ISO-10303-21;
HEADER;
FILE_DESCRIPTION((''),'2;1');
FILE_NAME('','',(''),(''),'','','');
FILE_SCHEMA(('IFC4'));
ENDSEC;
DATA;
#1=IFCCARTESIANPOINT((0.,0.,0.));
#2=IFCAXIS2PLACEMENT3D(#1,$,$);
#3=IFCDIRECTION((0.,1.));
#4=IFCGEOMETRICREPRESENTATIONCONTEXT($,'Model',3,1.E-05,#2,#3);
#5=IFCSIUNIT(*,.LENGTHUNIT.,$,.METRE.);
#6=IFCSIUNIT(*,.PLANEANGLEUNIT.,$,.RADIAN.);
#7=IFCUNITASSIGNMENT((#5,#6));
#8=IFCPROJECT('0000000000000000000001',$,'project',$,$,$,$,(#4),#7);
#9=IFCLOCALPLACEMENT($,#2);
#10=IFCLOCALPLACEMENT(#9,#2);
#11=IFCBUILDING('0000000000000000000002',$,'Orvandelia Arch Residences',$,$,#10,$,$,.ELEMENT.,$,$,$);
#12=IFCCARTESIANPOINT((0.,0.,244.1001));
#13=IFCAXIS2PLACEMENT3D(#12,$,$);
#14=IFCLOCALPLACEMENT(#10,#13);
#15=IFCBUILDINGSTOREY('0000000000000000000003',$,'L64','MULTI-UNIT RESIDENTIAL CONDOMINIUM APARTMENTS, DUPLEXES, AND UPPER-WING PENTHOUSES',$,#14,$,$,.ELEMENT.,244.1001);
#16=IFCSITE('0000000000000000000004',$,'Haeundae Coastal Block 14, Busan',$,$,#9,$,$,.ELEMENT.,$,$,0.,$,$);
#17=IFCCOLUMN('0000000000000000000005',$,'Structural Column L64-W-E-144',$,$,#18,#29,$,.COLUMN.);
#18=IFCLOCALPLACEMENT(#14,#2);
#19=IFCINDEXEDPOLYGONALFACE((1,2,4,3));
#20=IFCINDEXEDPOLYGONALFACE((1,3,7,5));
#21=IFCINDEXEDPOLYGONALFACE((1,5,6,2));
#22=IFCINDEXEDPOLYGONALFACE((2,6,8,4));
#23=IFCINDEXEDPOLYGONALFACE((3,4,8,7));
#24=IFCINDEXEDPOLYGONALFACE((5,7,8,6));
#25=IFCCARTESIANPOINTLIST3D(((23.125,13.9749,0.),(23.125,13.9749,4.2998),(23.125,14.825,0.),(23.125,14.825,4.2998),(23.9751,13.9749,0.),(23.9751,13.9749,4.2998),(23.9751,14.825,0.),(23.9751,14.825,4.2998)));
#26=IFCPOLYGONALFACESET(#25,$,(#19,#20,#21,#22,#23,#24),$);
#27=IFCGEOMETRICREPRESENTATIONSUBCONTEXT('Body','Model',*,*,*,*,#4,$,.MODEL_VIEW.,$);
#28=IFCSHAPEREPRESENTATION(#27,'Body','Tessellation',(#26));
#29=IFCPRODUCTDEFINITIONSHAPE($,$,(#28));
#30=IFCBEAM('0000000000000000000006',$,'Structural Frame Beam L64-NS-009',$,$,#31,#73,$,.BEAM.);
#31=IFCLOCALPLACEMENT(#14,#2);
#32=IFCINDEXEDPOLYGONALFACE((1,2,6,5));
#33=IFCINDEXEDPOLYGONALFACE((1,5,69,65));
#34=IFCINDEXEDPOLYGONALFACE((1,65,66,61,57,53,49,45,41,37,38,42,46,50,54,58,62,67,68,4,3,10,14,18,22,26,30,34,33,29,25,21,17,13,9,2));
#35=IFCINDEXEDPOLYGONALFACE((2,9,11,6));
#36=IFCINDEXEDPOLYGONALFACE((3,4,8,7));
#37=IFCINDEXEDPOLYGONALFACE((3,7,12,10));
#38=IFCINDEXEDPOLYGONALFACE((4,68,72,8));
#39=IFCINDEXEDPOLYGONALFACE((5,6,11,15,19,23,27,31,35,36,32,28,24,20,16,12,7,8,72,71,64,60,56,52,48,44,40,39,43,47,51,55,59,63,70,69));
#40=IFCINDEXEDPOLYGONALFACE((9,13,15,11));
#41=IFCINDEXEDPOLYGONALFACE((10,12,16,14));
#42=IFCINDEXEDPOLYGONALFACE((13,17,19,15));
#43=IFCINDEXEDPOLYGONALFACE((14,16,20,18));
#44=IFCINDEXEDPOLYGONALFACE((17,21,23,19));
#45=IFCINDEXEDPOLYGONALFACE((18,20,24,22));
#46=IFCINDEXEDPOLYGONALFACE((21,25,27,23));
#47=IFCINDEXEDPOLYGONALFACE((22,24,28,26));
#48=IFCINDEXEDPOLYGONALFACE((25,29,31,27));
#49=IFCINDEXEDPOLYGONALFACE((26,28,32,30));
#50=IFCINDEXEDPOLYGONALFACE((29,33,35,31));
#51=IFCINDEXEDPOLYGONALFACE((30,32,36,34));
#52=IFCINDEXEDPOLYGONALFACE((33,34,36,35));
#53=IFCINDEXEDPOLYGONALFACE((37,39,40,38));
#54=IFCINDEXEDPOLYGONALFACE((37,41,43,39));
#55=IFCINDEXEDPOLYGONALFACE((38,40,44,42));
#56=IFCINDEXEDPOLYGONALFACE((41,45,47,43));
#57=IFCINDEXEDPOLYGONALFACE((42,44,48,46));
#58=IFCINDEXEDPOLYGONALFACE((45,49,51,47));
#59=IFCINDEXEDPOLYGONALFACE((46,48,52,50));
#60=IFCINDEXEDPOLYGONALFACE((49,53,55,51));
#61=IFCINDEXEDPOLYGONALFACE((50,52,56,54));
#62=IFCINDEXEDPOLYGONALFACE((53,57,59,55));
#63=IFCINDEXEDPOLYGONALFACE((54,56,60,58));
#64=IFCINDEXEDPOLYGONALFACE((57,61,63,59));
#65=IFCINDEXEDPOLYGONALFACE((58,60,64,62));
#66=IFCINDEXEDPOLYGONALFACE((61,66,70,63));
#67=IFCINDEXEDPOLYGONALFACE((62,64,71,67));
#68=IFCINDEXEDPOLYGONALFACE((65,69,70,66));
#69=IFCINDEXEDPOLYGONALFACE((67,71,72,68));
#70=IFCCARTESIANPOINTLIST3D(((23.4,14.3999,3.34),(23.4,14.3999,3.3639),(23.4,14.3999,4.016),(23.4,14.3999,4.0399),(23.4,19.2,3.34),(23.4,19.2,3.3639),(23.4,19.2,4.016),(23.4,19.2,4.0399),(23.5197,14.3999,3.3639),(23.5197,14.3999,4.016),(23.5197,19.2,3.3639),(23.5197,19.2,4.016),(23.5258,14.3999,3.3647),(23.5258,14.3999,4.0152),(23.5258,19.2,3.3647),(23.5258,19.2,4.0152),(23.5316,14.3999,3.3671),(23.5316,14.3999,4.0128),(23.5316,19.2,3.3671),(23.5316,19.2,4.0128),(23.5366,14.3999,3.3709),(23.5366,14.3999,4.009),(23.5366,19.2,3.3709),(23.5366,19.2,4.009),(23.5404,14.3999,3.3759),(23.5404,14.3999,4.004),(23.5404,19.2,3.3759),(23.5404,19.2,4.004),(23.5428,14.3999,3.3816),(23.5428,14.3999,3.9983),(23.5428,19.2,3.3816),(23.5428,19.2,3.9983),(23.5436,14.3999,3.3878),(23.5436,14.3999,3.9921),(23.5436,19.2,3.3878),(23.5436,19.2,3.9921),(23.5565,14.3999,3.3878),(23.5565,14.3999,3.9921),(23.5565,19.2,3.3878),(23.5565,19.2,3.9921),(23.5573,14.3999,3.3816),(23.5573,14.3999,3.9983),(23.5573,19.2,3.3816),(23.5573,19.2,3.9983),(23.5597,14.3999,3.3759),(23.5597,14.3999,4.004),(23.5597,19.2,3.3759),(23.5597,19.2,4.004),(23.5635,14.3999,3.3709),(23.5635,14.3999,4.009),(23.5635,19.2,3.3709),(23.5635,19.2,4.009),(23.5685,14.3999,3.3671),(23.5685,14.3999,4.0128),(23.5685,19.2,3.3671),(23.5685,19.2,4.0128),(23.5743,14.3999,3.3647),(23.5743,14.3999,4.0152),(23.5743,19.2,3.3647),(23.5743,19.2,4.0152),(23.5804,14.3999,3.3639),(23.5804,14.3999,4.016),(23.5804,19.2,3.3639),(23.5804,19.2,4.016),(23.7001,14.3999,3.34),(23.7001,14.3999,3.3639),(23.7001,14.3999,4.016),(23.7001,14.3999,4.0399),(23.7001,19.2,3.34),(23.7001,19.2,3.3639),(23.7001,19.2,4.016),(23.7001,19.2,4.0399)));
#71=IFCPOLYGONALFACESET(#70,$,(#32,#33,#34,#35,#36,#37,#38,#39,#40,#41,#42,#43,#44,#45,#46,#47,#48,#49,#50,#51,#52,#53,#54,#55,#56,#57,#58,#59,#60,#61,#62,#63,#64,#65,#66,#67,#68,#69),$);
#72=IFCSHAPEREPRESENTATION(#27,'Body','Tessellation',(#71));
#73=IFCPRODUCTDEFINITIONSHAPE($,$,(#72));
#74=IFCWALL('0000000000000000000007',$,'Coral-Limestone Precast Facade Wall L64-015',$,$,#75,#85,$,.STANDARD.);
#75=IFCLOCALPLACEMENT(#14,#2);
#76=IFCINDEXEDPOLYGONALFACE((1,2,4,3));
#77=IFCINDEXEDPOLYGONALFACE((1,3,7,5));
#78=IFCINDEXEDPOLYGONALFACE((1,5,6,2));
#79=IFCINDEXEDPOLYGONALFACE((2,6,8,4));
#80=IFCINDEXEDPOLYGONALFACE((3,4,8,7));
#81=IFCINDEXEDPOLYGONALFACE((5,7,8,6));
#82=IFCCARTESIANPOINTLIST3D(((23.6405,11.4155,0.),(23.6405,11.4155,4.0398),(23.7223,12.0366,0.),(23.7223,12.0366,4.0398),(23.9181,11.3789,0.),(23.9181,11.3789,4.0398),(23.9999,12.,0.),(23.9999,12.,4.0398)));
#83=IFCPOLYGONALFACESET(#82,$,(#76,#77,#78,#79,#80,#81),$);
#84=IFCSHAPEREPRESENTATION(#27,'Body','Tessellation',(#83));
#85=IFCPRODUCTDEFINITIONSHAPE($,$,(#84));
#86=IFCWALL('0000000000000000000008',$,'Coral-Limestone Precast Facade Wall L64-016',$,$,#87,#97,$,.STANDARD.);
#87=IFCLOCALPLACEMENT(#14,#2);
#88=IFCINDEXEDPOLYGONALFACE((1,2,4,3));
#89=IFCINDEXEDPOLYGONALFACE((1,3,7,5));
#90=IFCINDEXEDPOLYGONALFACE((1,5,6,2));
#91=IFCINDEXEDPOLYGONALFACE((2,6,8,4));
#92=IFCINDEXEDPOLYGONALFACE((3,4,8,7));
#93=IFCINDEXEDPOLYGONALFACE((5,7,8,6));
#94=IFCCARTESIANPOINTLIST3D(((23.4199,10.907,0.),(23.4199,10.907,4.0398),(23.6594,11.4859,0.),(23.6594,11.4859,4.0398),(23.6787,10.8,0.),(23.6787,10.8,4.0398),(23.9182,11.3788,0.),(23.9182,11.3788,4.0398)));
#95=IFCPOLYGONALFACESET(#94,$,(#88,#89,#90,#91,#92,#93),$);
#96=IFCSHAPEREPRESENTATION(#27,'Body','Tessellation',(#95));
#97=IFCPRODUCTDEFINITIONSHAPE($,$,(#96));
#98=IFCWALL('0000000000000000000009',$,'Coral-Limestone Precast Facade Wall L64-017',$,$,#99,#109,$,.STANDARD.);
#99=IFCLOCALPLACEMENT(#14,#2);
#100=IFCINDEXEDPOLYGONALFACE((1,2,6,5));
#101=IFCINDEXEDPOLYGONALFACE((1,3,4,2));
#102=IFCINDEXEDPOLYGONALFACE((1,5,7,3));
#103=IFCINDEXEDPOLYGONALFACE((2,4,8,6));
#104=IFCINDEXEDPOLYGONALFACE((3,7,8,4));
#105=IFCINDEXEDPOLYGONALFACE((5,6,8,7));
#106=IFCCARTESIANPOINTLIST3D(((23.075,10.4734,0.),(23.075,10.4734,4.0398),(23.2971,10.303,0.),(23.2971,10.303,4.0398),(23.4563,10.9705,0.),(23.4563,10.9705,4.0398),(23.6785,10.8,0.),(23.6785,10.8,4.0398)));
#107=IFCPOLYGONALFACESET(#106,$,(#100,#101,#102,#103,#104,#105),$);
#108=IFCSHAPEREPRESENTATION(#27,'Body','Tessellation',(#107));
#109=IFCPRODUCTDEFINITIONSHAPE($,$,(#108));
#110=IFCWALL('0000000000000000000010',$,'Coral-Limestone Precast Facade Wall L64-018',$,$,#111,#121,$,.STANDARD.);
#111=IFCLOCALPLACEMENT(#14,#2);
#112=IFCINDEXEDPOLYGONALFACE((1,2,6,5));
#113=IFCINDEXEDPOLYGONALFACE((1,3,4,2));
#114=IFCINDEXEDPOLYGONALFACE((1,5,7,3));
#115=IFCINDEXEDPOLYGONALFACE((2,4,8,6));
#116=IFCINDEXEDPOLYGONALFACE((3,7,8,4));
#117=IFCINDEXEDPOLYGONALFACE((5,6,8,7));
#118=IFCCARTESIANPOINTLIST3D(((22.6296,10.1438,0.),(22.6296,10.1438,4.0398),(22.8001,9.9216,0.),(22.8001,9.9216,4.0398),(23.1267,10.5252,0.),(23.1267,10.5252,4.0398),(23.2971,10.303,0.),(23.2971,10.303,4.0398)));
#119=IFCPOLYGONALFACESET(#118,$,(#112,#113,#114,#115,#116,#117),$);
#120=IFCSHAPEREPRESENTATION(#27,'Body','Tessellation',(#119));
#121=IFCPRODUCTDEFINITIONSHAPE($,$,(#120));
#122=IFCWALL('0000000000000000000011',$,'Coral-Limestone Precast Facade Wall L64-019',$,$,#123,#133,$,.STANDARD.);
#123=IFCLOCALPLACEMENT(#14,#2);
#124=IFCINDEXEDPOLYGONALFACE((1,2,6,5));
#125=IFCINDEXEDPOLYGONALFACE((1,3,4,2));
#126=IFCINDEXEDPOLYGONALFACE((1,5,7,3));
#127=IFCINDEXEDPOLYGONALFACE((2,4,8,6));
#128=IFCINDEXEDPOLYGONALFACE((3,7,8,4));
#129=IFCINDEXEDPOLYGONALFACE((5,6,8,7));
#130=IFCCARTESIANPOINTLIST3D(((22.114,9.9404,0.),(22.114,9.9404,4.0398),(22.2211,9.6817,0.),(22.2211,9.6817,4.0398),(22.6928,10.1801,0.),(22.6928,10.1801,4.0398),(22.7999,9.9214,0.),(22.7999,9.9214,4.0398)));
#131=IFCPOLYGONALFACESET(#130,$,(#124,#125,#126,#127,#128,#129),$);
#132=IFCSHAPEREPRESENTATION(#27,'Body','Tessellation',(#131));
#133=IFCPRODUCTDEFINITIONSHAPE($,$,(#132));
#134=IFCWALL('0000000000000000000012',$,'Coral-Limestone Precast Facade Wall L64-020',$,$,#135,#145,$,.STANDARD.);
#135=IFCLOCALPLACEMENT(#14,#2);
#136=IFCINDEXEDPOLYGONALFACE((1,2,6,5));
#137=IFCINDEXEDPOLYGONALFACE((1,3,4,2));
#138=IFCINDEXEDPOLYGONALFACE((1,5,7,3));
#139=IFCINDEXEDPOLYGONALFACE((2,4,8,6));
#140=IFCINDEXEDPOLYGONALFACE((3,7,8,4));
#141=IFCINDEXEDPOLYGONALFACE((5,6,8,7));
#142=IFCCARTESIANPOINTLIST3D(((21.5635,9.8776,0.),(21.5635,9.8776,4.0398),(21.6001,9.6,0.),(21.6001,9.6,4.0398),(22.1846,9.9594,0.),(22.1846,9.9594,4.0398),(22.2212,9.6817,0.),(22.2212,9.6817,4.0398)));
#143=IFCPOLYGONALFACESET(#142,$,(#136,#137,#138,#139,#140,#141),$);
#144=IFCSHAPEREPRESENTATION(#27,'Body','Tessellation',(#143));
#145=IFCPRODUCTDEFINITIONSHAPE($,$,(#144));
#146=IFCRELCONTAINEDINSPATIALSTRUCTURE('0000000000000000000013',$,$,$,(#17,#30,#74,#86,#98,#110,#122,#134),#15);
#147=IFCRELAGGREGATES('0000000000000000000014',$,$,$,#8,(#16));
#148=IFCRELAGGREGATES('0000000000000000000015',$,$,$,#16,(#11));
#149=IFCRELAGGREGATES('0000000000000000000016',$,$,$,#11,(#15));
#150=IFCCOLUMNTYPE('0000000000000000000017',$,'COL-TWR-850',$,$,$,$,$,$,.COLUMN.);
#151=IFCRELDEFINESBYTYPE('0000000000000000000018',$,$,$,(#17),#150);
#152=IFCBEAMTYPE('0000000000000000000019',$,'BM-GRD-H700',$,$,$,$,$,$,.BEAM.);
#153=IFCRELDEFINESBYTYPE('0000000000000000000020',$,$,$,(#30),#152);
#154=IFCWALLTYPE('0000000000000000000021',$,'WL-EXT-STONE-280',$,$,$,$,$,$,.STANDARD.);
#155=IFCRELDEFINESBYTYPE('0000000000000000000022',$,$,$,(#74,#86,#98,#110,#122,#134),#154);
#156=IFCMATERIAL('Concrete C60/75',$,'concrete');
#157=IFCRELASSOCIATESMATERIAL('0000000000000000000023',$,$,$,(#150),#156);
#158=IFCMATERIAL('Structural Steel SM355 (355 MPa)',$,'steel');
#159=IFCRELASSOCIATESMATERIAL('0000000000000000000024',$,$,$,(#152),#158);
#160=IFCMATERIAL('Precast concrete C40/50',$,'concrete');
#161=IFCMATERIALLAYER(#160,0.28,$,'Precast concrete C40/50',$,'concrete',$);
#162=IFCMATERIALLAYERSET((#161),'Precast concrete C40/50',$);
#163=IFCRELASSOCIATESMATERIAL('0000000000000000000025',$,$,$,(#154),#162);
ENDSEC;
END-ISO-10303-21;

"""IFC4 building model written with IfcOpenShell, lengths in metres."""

from ifc_helpers import new_model, si_unit, direction, frame, frame_2d, origin, origin_2d, place, context, subcontext, project, spatial, rectangle, i_section, extrude, material, layer, layer_set, material_profile, profile_set, type_object, element, save


model = new_model("IFC4")

# Units and contexts
model_context = context("Model", 3, precision=1e-05, world=origin(), true_north=direction((0.0, 1.0)))
body_context = subcontext(model_context, "Body", "Model", "MODEL_VIEW")
ifc_project = project(units=[si_unit("LENGTHUNIT", "METRE"), si_unit("PLANEANGLEUNIT", "RADIAN")], contexts=[model_context])

# Site, building, storey
site_placement = place(None, origin())
site = spatial("IfcSite", under=ifc_project, at=site_placement, Name="Haeundae Coastal Block 14, Busan", CompositionType="ELEMENT", RefElevation=0.0)
building_placement = place(site_placement, origin())
building = spatial("IfcBuilding", under=site, at=building_placement, Name="Orvandelia Arch Residences", CompositionType="ELEMENT")
storey_placement = place(building_placement, frame((0.0, 0.0, 244.1001)))
storey = spatial("IfcBuildingStorey", under=building, at=storey_placement, Name="L64", Description="MULTI-UNIT RESIDENTIAL CONDOMINIUM APARTMENTS, DUPLEXES, AND UPPER-WING PENTHOUSES", CompositionType="ELEMENT", Elevation=244.1001)

# Column
ifc_material_1 = material(Name="Concrete C60/75", Category="concrete")
ifc_material_profile_1 = material_profile(ifc_material_1, rectangle(XDim=0.8501, YDim=0.8501, at=origin_2d()), Name="Concrete C60/75", Category="concrete")
ifc_profile_set_1 = profile_set([ifc_material_profile_1], Name="Concrete C60/75")
column_type = type_object("IfcColumnType", Name="COL-TWR-850", PredefinedType="COLUMN", material=ifc_profile_set_1)
column_placement = place(storey_placement, frame((23.55, 14.3999, 0.0), z_axis=(0.0, 0.0, 1.0), x_axis=(1.0, 0.0, 0.0)))
element("IfcColumn", 1, at=column_placement, inside=storey, type_object=column_type, Name="Structural Column L64-W-E-144", PredefinedType="COLUMN", context=body_context, shape_type="SweptSolid", body=[
    extrude(rectangle(XDim=0.8501, YDim=0.8501, at=origin_2d()), origin(), (0.0, 0.0, 1.0), 4.2998),
])

# Beam
ifc_material_2 = material(Name="Structural Steel SM355 (355 MPa)", Category="steel")
ifc_material_profile_2 = material_profile(ifc_material_2, i_section(OverallWidth=0.3, OverallDepth=0.7, WebThickness=0.0129, FlangeThickness=0.0239, FilletRadius=0.0239, at=origin_2d()), Name="Structural Steel SM355 (355 MPa)", Category="steel")
ifc_profile_set_2 = profile_set([ifc_material_profile_2], Name="Structural Steel SM355 (355 MPa)")
beam_type = type_object("IfcBeamType", Name="BM-GRD-H700", PredefinedType="BEAM", material=ifc_profile_set_2)
beam_placement = place(storey_placement, frame((23.55, 14.3999, 3.6899), z_axis=(0.0, 1.0, 0.0), x_axis=(-1.0, 0.0, 0.0)))
element("IfcBeam", 2, at=beam_placement, inside=storey, type_object=beam_type, Name="Structural Frame Beam L64-NS-009", PredefinedType="BEAM", context=body_context, shape_type="SweptSolid", body=[
    extrude(i_section(OverallWidth=0.3, OverallDepth=0.7, WebThickness=0.0129, FlangeThickness=0.0239, FilletRadius=0.0239, at=origin_2d()), origin(), (0.0, 0.0, 1.0), 4.8),
])

# Walls
ifc_material_3 = material(Name="Precast concrete C40/50", Category="concrete")
ifc_layer_1 = layer(ifc_material_3, 0.28, Name="Precast concrete C40/50", Category="concrete")
ifc_layer_set_1 = layer_set([ifc_layer_1], Name="Precast concrete C40/50")
wall_type_1 = type_object("IfcWallType", Name="WL-EXT-STONE-280", PredefinedType="STANDARD", material=ifc_layer_set_1)
for number, where, z_axis, x_axis, name in (
    (3, (23.8611, 12.0183, 0.0), (0.0, 0.0, 1.0), (-0.130555, -0.991441, 0.0), "Coral-Limestone Precast Facade Wall L64-015"),
    (4, (23.7888, 11.4324, 0.0), (0.0, 0.0, 1.0), (-0.382317, -0.924031, 0.0), "Coral-Limestone Precast Facade Wall L64-016"),
    (5, (23.5674, 10.8853, 0.0), (0.0, 0.0, 1.0), (-0.608693, -0.793406, 0.0), "Coral-Limestone Precast Facade Wall L64-017"),
    (6, (23.2119, 10.4141, 0.0), (0.0, 0.0, 1.0), (-0.793406, -0.608693, 0.0), "Coral-Limestone Precast Facade Wall L64-018"),
    (7, (22.7463, 10.0508, 0.0), (0.0, 0.0, 1.0), (-0.923893, -0.38265, 0.0), "Coral-Limestone Precast Facade Wall L64-019"),
    (8, (22.2029, 9.8206, 0.0), (0.0, 0.0, 1.0), (-0.991441, -0.130555, 0.0), "Coral-Limestone Precast Facade Wall L64-020"),
):
    element("IfcWall", number, at=place(storey_placement, frame(where, z_axis=z_axis, x_axis=x_axis)), inside=storey, type_object=wall_type_1, Name=name, PredefinedType="STANDARD", context=body_context, shape_type="SweptSolid", body=[
        extrude(rectangle(XDim=0.6265, YDim=0.28, at=frame_2d((0.3132, 0.0))), origin(), (0.0, 0.0, 1.0), 4.0398),
    ])

save(model, "model.ifc")
